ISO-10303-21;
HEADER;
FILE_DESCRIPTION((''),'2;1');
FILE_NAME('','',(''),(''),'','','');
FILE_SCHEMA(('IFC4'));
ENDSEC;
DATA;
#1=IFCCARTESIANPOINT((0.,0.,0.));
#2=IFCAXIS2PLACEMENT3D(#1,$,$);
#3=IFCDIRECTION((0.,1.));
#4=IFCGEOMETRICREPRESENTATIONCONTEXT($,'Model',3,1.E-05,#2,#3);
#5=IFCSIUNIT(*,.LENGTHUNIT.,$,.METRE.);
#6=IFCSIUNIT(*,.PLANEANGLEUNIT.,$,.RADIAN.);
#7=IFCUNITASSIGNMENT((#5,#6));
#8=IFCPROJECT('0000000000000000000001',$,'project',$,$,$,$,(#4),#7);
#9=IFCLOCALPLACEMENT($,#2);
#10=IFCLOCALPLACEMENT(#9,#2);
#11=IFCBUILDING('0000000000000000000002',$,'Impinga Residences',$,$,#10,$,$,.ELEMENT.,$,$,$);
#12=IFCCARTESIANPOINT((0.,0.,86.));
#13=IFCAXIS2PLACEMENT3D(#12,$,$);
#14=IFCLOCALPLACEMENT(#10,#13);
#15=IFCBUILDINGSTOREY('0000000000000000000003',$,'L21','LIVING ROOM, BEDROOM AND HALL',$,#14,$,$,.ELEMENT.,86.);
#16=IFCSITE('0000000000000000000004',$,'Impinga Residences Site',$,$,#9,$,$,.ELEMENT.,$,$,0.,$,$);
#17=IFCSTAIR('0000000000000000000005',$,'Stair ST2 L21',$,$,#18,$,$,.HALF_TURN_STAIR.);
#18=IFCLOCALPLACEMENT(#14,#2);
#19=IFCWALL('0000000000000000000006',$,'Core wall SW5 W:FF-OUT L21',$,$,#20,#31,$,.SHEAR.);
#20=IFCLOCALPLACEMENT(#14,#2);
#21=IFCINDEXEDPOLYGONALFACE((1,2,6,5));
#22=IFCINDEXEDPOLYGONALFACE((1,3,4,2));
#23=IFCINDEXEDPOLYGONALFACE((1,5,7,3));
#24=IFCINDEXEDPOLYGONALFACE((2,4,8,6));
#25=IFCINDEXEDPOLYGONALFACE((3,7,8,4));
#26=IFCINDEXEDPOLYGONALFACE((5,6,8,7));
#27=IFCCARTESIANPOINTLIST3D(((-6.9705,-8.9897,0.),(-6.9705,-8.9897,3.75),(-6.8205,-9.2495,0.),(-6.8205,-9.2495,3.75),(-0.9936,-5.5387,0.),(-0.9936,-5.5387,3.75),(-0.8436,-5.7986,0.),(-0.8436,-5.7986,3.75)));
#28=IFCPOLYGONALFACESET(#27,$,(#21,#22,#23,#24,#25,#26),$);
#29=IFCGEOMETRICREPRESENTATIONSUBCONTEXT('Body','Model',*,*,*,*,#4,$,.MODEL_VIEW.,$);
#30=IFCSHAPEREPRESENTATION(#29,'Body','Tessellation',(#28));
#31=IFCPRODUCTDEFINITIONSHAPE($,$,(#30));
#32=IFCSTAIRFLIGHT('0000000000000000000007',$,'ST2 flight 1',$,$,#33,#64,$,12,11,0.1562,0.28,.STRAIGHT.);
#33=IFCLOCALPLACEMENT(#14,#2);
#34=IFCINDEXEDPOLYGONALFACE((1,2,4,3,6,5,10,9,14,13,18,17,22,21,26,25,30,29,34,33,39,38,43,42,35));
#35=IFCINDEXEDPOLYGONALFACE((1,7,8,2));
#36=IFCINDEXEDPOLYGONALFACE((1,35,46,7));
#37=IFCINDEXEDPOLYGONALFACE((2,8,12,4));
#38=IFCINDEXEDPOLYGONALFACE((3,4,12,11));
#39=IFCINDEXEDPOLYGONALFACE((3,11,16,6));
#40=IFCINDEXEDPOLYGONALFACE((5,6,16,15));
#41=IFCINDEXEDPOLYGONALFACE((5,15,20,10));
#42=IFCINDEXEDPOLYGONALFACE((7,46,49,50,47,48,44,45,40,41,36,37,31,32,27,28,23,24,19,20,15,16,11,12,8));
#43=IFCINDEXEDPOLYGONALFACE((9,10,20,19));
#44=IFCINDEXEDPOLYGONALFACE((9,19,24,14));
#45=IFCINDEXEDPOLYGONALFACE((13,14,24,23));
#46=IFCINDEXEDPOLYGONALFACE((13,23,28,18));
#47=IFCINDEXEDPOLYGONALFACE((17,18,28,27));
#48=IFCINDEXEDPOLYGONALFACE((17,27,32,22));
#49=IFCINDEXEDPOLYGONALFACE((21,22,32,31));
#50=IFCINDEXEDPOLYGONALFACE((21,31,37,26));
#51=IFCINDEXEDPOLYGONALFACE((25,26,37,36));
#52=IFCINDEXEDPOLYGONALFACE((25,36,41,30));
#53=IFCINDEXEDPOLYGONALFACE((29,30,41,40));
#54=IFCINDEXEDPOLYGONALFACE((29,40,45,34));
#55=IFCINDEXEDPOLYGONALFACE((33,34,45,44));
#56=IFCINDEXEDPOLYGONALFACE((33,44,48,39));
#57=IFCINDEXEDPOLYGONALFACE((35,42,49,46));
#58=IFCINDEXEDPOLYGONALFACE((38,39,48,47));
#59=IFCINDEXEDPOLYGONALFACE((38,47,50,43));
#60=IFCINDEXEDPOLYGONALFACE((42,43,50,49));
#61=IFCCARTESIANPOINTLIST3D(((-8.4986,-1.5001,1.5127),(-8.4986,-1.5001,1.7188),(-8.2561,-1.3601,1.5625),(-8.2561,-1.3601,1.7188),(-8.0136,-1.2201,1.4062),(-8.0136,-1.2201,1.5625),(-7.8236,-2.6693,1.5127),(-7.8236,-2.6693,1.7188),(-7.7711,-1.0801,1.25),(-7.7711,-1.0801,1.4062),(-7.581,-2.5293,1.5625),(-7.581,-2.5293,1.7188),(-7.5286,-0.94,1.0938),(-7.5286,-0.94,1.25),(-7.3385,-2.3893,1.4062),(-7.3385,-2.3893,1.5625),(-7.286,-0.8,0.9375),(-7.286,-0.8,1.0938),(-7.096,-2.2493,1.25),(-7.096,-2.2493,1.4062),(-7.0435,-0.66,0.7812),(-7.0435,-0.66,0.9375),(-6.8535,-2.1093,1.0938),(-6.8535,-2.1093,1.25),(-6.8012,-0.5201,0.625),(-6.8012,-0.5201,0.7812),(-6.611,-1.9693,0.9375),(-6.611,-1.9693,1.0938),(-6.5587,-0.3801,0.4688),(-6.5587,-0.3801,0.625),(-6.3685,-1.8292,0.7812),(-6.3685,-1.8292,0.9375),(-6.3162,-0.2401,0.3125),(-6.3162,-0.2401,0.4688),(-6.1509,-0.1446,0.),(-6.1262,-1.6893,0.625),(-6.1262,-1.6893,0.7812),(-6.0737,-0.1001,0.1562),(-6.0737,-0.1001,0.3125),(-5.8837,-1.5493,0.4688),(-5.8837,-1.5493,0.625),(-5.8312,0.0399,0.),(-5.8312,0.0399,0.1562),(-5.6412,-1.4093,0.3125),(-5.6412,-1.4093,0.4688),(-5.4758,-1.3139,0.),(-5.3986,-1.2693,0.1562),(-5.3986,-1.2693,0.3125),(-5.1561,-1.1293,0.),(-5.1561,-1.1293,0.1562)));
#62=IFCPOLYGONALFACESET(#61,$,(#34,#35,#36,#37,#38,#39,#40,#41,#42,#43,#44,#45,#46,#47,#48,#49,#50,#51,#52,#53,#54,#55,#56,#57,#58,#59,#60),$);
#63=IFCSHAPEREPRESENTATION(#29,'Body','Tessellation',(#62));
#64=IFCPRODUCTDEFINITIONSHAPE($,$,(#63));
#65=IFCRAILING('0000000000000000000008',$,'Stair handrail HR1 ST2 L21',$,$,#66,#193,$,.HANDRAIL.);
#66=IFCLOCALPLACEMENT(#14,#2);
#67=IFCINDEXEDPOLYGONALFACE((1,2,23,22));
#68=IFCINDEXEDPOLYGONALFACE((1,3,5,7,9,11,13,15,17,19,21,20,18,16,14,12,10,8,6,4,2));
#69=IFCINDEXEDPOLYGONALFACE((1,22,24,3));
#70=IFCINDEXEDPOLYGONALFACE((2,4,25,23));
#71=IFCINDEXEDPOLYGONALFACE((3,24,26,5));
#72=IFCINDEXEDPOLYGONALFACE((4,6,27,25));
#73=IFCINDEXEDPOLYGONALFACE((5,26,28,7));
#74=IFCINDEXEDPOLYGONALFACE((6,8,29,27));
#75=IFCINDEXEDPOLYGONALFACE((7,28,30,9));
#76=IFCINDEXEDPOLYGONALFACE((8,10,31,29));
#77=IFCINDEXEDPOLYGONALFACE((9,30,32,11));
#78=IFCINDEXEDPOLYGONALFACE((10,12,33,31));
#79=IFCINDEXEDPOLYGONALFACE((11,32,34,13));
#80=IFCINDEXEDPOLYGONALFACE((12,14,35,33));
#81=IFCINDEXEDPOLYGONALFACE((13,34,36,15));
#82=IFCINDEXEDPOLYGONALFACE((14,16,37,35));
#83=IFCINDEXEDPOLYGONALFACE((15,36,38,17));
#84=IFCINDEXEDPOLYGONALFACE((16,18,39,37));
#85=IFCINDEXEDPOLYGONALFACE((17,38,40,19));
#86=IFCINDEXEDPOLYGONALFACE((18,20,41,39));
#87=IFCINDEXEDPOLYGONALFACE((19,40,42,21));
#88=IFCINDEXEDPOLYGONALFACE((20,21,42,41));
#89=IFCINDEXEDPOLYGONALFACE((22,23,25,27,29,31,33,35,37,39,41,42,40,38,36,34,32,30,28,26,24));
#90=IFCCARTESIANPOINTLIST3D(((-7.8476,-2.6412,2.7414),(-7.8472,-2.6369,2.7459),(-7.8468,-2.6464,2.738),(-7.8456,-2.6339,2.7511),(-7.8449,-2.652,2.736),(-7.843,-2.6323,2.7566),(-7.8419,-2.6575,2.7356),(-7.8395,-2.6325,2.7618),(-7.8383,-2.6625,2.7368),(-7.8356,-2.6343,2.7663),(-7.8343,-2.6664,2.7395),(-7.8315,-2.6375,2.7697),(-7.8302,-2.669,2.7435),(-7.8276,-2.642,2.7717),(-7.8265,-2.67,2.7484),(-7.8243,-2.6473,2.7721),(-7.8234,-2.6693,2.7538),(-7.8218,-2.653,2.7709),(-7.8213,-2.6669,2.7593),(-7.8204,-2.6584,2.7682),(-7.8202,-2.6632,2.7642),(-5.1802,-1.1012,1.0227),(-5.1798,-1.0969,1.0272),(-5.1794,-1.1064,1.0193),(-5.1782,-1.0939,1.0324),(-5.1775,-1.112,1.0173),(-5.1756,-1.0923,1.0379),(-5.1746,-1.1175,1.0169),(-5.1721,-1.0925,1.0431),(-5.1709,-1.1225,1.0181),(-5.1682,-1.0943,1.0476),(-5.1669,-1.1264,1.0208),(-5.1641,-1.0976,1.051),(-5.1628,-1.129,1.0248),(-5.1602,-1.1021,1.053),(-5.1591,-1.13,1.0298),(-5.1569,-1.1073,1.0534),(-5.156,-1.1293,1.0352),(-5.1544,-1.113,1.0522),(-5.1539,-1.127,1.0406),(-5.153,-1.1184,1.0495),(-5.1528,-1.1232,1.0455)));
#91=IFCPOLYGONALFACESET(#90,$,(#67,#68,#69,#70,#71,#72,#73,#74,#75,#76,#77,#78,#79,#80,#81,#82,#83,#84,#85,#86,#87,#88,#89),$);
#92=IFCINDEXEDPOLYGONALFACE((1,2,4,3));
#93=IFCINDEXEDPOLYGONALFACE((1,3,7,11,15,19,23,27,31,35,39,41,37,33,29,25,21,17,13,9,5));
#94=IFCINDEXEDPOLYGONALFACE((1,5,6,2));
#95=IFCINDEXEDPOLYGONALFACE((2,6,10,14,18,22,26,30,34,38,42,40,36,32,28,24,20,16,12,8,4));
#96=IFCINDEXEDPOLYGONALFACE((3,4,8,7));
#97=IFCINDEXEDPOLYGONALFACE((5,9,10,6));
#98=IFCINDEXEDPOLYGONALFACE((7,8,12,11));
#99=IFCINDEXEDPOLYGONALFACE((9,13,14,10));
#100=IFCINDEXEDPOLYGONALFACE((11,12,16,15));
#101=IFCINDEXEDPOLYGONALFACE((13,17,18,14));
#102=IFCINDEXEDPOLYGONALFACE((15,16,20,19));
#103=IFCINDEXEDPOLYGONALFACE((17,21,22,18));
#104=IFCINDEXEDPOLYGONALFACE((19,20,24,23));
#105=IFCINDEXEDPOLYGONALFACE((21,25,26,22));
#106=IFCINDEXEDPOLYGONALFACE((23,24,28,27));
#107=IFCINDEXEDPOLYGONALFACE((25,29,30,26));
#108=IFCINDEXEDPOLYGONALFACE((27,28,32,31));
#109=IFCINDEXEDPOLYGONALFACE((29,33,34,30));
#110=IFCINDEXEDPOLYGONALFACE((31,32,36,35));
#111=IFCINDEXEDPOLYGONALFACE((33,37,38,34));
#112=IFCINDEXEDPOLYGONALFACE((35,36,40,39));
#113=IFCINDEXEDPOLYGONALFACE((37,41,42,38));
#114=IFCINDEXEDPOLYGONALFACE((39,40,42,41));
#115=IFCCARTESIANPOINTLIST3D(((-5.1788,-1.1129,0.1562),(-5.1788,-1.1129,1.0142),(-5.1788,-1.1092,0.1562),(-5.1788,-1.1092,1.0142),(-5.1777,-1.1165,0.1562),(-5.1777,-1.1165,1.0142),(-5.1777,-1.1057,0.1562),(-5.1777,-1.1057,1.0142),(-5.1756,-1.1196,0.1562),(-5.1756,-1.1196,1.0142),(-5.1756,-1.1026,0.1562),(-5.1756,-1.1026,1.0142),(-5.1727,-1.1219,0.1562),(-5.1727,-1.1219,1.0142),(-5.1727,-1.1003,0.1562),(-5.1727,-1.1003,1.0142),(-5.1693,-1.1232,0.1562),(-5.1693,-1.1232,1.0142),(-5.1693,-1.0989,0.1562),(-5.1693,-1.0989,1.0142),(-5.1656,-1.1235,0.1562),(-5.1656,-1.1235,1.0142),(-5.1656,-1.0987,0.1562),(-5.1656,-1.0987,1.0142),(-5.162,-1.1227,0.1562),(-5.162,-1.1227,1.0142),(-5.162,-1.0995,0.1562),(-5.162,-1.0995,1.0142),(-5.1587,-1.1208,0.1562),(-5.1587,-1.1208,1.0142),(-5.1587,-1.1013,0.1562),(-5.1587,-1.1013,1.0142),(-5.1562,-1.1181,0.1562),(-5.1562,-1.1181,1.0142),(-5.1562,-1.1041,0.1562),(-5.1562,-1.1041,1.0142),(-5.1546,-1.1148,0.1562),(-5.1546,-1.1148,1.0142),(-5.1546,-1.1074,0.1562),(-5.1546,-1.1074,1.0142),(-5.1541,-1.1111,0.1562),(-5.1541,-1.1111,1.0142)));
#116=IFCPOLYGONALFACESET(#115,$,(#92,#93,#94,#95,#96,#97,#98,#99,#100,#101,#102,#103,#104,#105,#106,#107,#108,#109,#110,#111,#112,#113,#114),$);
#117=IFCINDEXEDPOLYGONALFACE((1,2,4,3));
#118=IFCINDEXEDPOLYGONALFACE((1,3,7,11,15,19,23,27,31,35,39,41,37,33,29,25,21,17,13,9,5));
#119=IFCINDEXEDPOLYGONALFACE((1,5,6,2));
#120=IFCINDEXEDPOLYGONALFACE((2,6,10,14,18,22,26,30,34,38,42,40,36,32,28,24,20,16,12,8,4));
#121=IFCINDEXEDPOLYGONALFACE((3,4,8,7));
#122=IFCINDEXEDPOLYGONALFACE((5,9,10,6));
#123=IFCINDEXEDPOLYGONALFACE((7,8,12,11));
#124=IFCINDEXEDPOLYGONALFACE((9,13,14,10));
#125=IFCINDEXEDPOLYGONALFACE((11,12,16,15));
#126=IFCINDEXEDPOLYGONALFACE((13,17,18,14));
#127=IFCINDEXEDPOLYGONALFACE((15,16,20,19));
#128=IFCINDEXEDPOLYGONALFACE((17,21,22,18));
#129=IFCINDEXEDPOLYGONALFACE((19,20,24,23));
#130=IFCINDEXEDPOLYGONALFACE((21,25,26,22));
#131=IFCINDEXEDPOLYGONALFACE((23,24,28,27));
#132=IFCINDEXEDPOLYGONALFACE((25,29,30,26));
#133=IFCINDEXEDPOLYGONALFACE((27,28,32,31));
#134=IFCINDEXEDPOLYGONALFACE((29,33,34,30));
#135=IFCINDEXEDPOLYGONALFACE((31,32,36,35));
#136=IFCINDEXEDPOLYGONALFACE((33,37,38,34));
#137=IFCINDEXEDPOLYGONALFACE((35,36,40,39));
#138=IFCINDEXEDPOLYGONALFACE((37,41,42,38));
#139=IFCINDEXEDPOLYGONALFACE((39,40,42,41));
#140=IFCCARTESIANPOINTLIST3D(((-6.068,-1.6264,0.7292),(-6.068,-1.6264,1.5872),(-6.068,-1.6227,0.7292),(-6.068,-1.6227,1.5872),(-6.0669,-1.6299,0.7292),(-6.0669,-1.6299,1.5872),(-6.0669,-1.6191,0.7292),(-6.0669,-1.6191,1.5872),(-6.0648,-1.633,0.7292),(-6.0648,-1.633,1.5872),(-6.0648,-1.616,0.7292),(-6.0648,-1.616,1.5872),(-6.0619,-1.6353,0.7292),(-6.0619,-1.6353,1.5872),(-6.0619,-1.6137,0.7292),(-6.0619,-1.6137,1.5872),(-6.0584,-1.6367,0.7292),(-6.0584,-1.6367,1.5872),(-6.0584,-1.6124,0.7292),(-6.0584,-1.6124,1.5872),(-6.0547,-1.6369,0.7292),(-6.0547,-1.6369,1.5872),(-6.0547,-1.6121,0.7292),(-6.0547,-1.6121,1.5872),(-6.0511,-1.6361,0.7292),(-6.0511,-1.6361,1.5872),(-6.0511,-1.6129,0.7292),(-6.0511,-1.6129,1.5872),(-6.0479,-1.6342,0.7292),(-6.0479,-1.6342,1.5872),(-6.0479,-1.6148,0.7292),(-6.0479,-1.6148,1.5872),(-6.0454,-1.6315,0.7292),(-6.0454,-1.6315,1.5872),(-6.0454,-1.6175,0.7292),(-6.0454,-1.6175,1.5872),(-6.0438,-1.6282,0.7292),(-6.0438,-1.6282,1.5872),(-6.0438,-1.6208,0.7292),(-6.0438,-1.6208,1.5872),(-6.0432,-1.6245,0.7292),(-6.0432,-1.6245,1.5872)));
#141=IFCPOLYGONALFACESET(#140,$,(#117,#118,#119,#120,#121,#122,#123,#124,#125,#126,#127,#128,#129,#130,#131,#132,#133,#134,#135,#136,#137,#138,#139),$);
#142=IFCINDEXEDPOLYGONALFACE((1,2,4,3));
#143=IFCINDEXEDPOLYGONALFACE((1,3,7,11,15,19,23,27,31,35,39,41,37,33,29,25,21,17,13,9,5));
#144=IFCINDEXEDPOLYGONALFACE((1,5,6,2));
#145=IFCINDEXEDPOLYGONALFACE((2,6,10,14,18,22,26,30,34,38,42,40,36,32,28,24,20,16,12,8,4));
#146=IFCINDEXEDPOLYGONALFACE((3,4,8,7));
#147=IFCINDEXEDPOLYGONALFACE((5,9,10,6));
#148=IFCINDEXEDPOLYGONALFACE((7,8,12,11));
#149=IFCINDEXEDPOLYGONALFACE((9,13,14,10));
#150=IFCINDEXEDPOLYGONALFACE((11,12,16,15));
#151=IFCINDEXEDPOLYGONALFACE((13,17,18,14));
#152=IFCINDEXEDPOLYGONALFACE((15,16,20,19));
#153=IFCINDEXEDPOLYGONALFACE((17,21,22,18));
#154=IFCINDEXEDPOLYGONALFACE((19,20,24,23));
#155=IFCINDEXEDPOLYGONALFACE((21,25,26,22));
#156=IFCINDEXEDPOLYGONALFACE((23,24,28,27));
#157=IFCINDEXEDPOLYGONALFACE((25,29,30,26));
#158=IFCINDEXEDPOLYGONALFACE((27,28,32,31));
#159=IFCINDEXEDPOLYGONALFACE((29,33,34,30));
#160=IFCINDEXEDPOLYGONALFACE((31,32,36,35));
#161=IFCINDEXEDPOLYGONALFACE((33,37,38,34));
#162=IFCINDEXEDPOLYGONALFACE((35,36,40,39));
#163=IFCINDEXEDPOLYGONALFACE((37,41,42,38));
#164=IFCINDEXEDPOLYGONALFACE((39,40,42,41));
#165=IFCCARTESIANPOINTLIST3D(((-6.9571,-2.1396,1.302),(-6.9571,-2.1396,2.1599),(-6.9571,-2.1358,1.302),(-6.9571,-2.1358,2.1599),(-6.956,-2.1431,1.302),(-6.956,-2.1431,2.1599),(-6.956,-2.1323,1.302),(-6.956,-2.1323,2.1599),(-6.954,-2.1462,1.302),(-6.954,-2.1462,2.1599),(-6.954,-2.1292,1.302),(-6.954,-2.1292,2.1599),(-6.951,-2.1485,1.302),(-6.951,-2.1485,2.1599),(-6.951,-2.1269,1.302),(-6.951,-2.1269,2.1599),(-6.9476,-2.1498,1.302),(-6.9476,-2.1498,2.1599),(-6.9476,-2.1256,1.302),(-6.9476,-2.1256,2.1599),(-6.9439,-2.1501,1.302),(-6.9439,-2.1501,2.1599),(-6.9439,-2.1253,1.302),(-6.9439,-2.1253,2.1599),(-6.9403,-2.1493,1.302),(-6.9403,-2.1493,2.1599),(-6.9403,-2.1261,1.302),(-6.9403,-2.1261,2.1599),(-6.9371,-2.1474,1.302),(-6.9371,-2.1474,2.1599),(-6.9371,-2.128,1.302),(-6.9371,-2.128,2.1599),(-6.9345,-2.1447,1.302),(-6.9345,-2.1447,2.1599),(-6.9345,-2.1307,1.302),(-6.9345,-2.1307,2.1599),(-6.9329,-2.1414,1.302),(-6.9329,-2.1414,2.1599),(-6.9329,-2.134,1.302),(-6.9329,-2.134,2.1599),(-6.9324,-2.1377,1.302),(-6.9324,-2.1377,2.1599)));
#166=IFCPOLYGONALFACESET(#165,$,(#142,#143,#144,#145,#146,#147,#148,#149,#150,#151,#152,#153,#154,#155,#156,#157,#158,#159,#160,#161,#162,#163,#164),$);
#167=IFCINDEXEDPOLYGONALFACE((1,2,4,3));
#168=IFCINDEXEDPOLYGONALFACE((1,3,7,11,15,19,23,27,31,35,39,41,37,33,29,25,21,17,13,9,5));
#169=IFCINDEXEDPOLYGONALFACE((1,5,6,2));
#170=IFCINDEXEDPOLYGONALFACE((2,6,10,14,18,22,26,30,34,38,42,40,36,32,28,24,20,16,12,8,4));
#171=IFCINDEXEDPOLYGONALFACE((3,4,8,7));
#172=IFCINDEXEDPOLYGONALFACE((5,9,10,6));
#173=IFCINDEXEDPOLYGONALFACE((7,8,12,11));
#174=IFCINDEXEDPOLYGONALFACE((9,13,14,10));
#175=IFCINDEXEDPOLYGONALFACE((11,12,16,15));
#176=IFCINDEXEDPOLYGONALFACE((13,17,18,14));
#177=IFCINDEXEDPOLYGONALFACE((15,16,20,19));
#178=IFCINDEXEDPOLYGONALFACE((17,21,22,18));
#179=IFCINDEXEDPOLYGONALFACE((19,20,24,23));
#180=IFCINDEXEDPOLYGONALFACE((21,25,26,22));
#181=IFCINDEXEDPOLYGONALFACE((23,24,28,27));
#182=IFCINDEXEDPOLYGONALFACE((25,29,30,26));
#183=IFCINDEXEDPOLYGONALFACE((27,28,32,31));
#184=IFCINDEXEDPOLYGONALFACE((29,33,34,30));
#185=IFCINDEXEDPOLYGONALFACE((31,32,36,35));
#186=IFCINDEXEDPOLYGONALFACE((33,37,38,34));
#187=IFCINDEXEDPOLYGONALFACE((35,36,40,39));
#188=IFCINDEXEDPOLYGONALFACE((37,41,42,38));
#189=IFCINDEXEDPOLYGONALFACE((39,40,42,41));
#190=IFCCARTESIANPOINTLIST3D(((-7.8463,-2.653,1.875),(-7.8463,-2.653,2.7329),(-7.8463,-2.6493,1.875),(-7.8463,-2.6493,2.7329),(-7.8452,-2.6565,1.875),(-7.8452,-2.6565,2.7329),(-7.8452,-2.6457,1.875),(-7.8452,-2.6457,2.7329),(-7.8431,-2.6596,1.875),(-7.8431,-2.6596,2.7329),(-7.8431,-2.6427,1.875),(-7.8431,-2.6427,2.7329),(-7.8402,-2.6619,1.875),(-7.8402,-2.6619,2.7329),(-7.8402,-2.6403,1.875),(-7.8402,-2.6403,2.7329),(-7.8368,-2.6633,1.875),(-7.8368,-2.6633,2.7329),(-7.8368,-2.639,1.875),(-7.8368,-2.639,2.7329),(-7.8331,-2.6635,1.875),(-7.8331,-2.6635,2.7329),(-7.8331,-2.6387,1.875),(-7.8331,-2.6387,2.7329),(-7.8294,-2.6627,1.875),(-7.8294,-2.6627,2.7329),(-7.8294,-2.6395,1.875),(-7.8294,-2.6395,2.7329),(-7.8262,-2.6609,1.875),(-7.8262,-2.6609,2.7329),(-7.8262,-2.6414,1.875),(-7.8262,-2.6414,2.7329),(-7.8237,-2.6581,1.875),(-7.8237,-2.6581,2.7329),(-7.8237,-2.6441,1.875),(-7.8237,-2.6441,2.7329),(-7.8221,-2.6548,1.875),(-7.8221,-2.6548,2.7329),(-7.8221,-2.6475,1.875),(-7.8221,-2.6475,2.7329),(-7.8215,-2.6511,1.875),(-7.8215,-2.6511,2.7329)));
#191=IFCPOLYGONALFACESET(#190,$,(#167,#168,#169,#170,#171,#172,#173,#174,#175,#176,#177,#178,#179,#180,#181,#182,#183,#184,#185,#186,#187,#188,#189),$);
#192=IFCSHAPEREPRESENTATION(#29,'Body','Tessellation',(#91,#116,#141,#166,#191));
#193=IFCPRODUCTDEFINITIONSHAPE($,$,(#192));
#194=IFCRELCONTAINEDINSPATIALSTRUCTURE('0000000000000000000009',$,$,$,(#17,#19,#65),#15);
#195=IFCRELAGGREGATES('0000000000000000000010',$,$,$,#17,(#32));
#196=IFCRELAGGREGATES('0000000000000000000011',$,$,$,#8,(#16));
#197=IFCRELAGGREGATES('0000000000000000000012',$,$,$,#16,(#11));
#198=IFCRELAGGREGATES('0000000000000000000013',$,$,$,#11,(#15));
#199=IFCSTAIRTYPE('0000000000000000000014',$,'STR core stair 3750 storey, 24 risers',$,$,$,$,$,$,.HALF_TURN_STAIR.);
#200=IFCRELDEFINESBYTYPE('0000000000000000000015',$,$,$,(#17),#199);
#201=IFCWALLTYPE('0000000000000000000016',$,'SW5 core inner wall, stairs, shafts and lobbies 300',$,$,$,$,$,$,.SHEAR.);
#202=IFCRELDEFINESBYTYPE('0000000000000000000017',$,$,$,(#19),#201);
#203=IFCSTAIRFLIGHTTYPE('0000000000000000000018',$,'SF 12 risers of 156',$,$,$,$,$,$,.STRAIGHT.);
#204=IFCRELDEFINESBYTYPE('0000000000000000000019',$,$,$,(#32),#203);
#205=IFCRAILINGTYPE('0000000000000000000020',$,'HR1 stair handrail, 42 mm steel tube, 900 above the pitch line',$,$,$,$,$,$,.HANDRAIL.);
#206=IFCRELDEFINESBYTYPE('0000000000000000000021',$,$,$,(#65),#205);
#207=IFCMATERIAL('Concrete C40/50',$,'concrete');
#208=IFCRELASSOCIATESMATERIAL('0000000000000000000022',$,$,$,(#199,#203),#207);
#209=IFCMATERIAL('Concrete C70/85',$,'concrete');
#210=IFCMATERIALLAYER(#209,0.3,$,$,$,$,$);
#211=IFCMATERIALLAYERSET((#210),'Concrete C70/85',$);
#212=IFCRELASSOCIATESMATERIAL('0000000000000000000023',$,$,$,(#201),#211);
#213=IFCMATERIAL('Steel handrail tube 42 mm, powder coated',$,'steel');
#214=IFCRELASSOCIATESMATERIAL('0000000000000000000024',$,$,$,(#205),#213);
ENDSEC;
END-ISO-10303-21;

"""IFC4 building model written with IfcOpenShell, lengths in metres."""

from ifc_helpers import new_model, si_unit, direction, frame, frame_2d, origin, origin_2d, place, context, subcontext, project, spatial, polyline, rectangle, circle, outline, extrude, material, layer, layer_set, type_object, element, aggregate, save


model = new_model("IFC4")

# Units and contexts
model_context = context("Model", 3, precision=1e-05, world=origin(), true_north=direction((0.0, 1.0)))
body_context = subcontext(model_context, "Body", "Model", "MODEL_VIEW")
ifc_project = project(units=[si_unit("LENGTHUNIT", "METRE"), si_unit("PLANEANGLEUNIT", "RADIAN")], contexts=[model_context])

# Site, building, storey
site_placement = place(None, origin())
site = spatial("IfcSite", under=ifc_project, at=site_placement, Name="Impinga Residences Site", CompositionType="ELEMENT", RefElevation=0.0)
building_placement = place(site_placement, origin())
building = spatial("IfcBuilding", under=site, at=building_placement, Name="Impinga Residences", CompositionType="ELEMENT")
storey_placement = place(building_placement, frame((0.0, 0.0, 86.0)))
storey = spatial("IfcBuildingStorey", under=building, at=storey_placement, Name="L21", Description="LIVING ROOM, BEDROOM AND HALL", CompositionType="ELEMENT", Elevation=86.0)

# Shared definitions
ifc_material_1 = material(Name="Concrete C40/50", Category="concrete")
stair_type = type_object("IfcStairType", Name="STR core stair 3750 storey, 24 risers", PredefinedType="HALF_TURN_STAIR", material=ifc_material_1)

# Stair
stair_1_placement = place(storey_placement, origin())
stair_1 = element("IfcStair", 1, at=stair_1_placement, inside=storey, type_object=stair_type, Name="Stair ST2 L21", PredefinedType="HALF_TURN_STAIR")

# Shared definitions
ifc_material_2 = material(Name="Concrete C70/85", Category="concrete")

# Shared definitions
ifc_layer_1 = layer(ifc_material_2, 0.3)
ifc_layer_set_1 = layer_set([ifc_layer_1], Name="Concrete C70/85")
wall_type_1 = type_object("IfcWallType", Name="SW5 core inner wall, stairs, shafts and lobbies 300", PredefinedType="SHEAR", material=ifc_layer_set_1)

# Wall
wall_1_placement = place(storey_placement, frame((-0.9187, -5.6687, 0.0), z_axis=(0.0, 0.0, 1.0), x_axis=(-0.866012, -0.500024, 0.0)))
element("IfcWall", 2, at=wall_1_placement, inside=storey, type_object=wall_type_1, Name="Core wall SW5 W:FF-OUT L21", PredefinedType="SHEAR", context=body_context, shape_type="SweptSolid", body=[
    extrude(rectangle(XDim=6.9016, YDim=0.3, at=frame_2d((3.4507, 0.0))), origin(), (0.0, 0.0, 1.0), 3.75),
])

# Stair flight
stair_flight_type = type_object("IfcStairFlightType", Name="SF 12 risers of 156", PredefinedType="STRAIGHT", material=ifc_material_1)
stair_flight_placement = place(storey_placement, frame((-5.4937, -0.5447, 0.0), z_axis=(0.0, 0.0, 1.0), x_axis=(-0.866025, -0.5, 0.0)))
stair_flight = element("IfcStairFlight", 3, at=stair_flight_placement, type_object=stair_flight_type, Name="ST2 flight 1", NumberOfRisers=12, NumberOfTreads=11, PredefinedType="STRAIGHT", RiserHeight=0.1562, TreadLength=0.28, context=body_context, shape_type="SweptSolid", body=[
    extrude(outline(polyline([(0.0, 0.0), (0.0, 0.1562), (0.28, 0.1562), (0.28, 0.3125), (0.5601, 0.3125), (0.5601, 0.4688), (0.8401, 0.4688), (0.8401, 0.625), (1.1201, 0.625), (1.1201, 0.7812), (1.3999, 0.7812), (1.3999, 0.9375), (1.6799, 0.9375), (1.6799, 1.0938), (1.96, 1.0938), (1.96, 1.25), (2.24, 1.25), (2.24, 1.4062), (2.52, 1.4062), (2.52, 1.5625), (2.8, 1.5625), (2.8, 1.7188), (3.0801, 1.7188), (3.0801, 1.875), (3.0801, 1.5127), (0.3691, 0.0), (0.0, 0.0)])), frame((0.0, 0.675, 0.0), z_axis=(0.0, -1.0, 0.0), x_axis=(1.0, 0.0, 0.0)), (0.0, 0.0, 1.0), 1.3501),
])
aggregate(stair_1, [stair_flight])

# Railing
ifc_material_3 = material(Name="Steel handrail tube 42 mm, powder coated", Category="steel")
railing_type = type_object("IfcRailingType", Name="HR1 stair handrail, 42 mm steel tube, 900 above the pitch line", PredefinedType="HANDRAIL", material=ifc_material_3)
railing_placement = place(storey_placement, frame((-5.1665, -1.1111, 0.1562)))
element("IfcRailing", 4, at=railing_placement, inside=storey, type_object=railing_type, Name="Stair handrail HR1 ST2 L21", PredefinedType="HANDRAIL", context=body_context, shape_type="SweptSolid", body=[
    extrude(circle(Radius=0.021, at=origin_2d()), frame((0.0, 0.0, 0.8789), z_axis=(-0.756256, -0.436616, 0.487282), x_axis=(0.499992, -0.86603, 0.0)), (0.0, 0.0, 1.0), 3.5271),
    extrude(circle(Radius=0.0125, at=origin_2d()), origin(), (0.0, 0.0, 1.0), 0.8579),
    extrude(circle(Radius=0.0125, at=origin_2d()), frame((-0.8892, -0.5134, 0.573)), (0.0, 0.0, 1.0), 0.8579),
    extrude(circle(Radius=0.0125, at=origin_2d()), frame((-1.7783, -1.0266, 1.1458)), (0.0, 0.0, 1.0), 0.8579),
    extrude(circle(Radius=0.0125, at=origin_2d()), frame((-2.6675, -1.54, 1.7188)), (0.0, 0.0, 1.0), 0.8579),
])

save(model, "model.ifc")
